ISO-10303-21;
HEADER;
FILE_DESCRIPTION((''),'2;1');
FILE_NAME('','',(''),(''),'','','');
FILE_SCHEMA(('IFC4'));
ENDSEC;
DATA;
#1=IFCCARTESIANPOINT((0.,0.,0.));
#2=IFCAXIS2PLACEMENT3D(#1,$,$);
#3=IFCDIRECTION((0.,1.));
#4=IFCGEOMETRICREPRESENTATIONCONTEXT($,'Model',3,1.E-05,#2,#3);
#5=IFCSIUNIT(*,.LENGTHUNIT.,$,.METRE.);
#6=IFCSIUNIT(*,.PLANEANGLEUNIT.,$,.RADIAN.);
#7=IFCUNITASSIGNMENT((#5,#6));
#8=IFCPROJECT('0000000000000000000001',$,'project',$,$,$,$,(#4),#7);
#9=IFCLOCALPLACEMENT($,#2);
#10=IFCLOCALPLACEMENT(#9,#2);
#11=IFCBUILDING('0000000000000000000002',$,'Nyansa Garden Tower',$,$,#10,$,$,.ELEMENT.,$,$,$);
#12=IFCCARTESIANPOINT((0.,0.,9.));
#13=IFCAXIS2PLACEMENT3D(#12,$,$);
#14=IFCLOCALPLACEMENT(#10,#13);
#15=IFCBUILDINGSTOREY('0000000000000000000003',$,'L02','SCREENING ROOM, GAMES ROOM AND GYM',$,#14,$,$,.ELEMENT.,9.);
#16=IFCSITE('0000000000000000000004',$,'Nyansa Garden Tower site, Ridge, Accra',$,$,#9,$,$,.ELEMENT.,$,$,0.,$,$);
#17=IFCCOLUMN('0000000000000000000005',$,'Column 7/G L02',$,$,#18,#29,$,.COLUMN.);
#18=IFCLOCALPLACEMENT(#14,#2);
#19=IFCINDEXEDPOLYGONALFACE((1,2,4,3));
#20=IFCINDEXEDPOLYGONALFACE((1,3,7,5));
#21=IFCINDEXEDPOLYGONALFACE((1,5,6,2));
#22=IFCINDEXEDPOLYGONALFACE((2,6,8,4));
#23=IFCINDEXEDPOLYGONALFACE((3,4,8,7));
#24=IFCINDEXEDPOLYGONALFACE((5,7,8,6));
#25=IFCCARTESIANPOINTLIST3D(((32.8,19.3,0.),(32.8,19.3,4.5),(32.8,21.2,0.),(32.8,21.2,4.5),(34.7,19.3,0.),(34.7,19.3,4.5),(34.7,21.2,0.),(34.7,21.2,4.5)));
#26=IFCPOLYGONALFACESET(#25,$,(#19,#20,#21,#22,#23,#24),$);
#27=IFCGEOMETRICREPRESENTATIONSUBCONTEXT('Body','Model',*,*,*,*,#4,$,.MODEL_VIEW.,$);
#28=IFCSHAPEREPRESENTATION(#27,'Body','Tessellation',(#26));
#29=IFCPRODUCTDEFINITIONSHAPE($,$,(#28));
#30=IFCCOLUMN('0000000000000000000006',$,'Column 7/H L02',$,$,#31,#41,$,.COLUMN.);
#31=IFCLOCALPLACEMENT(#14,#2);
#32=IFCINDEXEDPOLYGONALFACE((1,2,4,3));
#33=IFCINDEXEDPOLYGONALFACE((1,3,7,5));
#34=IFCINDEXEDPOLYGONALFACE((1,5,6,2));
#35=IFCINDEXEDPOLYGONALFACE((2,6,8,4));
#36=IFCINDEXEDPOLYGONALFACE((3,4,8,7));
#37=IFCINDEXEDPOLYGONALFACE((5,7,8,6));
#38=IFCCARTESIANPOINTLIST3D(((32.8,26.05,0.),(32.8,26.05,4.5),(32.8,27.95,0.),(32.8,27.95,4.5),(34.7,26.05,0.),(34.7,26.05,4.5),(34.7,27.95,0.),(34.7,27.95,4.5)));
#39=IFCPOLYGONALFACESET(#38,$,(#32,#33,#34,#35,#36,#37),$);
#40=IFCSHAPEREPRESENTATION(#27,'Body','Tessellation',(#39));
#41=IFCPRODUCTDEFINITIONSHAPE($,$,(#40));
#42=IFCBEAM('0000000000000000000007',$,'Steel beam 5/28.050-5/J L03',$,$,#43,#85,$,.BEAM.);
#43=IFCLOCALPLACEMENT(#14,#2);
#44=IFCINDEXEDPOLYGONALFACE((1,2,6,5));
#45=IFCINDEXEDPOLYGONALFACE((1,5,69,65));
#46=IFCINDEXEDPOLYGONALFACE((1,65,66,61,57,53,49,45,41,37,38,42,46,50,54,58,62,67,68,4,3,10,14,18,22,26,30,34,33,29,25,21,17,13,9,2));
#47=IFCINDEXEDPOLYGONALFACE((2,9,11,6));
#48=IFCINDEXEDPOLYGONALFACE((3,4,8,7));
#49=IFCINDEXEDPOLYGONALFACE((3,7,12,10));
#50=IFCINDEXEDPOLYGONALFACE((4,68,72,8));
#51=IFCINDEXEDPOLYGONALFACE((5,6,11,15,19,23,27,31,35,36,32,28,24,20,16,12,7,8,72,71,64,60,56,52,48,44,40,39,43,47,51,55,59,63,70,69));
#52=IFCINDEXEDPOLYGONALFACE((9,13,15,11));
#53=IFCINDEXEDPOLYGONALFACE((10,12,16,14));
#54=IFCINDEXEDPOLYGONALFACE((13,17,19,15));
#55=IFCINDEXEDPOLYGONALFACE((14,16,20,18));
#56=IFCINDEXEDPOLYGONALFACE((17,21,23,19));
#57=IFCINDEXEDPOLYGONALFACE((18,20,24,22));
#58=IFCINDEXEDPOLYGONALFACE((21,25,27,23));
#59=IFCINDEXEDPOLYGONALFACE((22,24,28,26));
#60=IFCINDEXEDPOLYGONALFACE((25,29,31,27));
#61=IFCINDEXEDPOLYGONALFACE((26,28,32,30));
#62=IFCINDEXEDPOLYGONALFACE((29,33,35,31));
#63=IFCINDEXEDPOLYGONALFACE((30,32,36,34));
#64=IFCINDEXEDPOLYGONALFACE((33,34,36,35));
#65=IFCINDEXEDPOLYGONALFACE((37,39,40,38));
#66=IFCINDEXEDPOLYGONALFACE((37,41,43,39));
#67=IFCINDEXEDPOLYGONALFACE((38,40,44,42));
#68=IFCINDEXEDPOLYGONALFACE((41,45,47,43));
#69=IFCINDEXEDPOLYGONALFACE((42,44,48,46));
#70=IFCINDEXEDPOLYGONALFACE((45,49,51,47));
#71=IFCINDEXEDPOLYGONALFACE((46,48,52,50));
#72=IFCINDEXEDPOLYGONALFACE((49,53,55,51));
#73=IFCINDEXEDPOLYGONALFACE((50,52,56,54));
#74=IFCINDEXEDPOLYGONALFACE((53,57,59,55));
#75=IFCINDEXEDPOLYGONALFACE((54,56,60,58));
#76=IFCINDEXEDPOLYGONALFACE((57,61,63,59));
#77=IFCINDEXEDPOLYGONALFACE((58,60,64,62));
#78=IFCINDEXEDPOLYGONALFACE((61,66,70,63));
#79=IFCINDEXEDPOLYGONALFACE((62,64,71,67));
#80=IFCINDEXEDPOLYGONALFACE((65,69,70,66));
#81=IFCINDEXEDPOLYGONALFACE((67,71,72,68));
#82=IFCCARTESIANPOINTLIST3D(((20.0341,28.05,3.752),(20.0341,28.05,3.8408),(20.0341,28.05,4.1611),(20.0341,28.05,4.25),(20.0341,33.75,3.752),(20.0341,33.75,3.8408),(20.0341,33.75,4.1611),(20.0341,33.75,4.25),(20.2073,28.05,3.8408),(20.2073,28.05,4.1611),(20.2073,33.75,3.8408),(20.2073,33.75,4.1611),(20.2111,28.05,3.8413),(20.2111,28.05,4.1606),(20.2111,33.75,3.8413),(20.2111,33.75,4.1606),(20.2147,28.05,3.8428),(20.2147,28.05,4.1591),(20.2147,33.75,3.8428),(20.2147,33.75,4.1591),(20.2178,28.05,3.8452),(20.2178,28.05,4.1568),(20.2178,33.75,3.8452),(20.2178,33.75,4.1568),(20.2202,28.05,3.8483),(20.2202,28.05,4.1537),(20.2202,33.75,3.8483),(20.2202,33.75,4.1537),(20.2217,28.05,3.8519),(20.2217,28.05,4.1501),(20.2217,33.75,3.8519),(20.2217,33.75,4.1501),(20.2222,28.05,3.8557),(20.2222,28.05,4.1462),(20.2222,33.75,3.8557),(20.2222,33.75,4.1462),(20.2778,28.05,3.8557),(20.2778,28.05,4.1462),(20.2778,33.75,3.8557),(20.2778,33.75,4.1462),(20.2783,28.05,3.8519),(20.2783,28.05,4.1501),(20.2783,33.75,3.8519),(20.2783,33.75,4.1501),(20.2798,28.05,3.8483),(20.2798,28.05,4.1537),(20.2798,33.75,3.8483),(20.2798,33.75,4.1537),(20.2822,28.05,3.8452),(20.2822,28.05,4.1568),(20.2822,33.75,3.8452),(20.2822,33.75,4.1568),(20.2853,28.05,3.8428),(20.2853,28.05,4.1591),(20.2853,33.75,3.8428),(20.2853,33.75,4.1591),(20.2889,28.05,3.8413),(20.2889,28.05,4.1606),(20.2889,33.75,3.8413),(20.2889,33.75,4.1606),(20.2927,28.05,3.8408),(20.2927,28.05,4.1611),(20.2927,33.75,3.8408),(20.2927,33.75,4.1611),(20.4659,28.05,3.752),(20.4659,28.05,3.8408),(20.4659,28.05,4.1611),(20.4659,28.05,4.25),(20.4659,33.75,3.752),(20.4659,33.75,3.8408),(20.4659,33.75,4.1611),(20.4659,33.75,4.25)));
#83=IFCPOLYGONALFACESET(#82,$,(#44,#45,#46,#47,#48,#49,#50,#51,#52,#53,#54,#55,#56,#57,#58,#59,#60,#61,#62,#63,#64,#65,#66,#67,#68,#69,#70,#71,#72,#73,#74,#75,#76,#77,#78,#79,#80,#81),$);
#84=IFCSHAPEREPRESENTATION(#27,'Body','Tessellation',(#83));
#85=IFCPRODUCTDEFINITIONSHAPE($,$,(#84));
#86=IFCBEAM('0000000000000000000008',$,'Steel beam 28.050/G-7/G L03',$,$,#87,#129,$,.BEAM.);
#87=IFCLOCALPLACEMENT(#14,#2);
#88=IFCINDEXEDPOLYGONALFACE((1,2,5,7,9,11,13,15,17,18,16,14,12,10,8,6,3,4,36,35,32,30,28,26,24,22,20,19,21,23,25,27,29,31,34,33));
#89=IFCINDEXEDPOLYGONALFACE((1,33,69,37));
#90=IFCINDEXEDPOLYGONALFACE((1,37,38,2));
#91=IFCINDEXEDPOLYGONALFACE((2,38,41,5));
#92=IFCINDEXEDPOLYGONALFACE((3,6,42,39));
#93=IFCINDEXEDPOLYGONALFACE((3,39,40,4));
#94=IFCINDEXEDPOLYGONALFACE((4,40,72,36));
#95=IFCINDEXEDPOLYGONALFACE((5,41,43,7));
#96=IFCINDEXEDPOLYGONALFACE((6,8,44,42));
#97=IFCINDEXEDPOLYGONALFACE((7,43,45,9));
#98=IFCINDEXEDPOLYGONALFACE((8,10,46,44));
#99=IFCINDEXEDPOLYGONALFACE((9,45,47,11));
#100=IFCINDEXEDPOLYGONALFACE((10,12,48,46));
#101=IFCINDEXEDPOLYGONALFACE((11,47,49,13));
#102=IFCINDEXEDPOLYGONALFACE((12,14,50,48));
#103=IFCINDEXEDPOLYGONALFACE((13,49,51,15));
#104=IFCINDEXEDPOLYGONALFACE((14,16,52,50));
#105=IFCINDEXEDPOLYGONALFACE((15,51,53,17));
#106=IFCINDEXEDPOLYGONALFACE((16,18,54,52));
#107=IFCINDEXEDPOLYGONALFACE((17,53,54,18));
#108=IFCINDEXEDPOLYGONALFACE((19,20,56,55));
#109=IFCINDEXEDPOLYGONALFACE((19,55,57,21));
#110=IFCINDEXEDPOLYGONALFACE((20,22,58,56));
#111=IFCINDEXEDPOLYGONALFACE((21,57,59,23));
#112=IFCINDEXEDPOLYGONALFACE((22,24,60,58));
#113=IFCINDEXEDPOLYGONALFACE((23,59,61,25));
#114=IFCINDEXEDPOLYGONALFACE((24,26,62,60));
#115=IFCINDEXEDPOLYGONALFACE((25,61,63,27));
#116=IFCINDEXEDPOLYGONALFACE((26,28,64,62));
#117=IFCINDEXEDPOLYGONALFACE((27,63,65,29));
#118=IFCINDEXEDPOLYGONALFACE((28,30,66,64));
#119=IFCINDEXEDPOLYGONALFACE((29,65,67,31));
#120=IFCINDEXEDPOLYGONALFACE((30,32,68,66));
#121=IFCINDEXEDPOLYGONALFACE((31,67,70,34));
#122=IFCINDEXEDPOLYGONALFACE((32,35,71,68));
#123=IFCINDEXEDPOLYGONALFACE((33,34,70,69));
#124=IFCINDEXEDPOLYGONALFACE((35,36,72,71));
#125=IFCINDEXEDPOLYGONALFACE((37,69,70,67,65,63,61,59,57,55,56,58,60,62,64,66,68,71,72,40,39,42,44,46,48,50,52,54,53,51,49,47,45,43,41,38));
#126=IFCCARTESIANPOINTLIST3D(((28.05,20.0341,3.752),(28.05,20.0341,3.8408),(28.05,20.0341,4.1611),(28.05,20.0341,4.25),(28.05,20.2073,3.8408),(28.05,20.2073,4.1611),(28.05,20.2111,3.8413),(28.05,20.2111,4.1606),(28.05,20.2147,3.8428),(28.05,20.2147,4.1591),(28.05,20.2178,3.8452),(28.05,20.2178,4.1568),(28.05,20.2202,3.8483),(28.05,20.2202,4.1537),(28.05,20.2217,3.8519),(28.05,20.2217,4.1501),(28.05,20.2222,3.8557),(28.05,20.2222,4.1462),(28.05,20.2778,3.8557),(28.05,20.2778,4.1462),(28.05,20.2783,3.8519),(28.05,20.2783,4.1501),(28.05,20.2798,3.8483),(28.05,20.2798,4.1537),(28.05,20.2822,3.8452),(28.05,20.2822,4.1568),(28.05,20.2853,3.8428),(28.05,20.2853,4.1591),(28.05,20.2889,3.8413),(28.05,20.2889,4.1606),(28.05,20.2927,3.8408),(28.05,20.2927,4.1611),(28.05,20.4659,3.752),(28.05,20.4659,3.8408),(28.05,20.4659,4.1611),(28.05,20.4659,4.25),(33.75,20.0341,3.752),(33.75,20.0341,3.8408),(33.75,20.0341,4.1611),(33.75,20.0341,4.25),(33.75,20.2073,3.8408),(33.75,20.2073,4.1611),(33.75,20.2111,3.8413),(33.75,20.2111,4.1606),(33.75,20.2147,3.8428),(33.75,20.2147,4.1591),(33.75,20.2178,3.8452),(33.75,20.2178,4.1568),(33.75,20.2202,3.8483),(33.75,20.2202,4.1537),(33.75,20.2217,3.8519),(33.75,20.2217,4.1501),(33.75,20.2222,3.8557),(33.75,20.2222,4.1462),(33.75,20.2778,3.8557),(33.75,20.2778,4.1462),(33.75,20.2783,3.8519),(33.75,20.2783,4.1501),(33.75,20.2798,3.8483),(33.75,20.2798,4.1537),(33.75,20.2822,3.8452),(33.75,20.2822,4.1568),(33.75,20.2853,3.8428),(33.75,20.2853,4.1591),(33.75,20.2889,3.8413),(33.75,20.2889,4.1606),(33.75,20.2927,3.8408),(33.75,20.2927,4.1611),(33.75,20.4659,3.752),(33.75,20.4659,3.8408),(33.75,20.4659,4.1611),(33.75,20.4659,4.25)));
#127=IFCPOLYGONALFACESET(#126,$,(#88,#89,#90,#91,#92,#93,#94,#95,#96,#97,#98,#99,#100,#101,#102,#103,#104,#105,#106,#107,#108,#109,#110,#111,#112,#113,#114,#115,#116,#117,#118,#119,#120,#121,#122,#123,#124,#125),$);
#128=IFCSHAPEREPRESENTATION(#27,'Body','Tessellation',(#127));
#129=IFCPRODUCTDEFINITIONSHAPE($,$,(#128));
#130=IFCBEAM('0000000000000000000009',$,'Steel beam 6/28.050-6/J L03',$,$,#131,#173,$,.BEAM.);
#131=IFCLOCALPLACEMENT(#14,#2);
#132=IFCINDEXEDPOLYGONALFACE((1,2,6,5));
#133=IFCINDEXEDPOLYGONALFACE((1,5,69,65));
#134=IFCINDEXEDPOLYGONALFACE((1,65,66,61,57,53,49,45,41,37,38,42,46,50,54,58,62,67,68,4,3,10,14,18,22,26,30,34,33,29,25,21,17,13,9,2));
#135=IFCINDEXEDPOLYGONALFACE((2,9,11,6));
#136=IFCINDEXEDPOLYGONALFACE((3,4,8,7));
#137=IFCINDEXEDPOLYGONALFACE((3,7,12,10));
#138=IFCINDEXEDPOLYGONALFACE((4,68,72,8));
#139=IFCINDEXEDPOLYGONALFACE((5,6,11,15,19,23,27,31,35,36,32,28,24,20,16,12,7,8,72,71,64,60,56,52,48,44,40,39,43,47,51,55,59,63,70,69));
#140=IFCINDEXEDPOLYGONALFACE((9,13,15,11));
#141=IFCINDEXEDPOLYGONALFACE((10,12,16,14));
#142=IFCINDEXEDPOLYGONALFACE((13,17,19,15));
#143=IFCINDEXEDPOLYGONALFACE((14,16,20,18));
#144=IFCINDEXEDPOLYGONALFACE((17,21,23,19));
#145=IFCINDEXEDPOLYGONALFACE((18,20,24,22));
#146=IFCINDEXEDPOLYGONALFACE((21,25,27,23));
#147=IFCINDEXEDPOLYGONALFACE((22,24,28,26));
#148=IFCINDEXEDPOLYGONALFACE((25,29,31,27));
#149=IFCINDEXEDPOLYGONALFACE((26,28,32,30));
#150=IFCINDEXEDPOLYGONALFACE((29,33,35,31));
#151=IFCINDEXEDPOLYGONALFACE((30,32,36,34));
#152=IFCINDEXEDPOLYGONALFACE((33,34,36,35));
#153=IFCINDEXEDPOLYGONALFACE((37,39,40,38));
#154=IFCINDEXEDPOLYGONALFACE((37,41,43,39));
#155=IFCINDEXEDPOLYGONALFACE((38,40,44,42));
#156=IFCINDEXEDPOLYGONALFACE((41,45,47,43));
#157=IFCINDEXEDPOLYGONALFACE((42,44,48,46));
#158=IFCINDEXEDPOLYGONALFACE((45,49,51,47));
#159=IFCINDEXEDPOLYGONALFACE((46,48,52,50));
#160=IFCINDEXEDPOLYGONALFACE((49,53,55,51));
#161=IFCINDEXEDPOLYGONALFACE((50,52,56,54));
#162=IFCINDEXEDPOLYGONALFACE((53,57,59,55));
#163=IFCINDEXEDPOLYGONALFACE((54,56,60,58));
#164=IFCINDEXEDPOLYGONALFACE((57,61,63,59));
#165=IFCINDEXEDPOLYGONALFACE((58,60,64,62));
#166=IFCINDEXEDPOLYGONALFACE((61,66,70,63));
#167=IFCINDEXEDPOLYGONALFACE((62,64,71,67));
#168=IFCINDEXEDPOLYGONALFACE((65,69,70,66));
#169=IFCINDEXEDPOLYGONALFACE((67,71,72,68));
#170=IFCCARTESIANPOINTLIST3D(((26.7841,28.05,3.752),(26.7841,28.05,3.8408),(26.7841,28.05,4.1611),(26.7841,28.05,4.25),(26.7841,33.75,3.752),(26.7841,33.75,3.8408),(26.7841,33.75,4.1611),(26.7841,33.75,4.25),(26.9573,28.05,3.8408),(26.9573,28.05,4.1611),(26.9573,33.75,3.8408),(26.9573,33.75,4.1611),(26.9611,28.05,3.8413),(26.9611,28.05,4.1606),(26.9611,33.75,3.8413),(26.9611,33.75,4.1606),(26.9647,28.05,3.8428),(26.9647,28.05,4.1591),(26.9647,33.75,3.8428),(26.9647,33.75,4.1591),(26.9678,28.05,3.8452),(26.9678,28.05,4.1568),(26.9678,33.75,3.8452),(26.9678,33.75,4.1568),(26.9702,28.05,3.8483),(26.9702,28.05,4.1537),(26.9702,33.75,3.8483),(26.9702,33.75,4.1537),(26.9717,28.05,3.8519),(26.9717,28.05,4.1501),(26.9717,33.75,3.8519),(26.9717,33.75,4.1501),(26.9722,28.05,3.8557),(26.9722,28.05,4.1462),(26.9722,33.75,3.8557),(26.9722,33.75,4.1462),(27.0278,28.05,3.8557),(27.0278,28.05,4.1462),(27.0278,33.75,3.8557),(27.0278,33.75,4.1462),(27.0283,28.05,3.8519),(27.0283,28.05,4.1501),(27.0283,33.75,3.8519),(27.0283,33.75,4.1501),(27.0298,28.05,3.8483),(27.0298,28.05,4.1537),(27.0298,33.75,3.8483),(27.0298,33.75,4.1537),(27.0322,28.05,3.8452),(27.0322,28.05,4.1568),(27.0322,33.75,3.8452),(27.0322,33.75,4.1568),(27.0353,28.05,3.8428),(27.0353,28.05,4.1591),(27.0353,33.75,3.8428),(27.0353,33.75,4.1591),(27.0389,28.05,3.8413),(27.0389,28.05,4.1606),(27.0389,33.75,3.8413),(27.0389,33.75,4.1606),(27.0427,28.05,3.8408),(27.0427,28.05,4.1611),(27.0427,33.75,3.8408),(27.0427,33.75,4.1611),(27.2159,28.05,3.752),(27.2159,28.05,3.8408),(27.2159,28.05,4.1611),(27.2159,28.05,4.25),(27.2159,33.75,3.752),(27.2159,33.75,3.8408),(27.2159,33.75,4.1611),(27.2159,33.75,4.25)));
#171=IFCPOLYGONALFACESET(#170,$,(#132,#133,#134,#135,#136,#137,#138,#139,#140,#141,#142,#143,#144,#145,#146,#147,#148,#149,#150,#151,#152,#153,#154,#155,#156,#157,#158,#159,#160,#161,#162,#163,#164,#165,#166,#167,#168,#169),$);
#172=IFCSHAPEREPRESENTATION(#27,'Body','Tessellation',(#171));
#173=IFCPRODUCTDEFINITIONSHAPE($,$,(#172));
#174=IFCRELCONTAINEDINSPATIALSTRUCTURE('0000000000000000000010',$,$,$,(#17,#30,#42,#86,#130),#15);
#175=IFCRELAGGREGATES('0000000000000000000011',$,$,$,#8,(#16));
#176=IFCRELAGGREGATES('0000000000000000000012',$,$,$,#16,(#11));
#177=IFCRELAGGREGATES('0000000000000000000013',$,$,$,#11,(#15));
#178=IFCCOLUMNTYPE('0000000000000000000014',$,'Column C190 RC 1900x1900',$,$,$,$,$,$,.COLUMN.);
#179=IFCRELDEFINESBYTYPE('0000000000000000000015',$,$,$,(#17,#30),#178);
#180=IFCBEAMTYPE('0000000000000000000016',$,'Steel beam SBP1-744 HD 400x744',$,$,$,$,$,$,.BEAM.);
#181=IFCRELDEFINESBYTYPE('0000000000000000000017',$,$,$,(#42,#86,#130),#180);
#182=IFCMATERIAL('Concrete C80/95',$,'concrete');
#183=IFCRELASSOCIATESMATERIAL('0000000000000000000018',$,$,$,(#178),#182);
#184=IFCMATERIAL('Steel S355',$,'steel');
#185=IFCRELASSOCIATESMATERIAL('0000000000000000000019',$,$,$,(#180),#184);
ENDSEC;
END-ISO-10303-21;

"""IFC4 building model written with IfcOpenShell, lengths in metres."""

from ifc_helpers import new_model, si_unit, direction, frame, origin, origin_2d, place, context, subcontext, project, spatial, rectangle, i_section, extrude, material, material_profile, profile_set, type_object, element, save


model = new_model("IFC4")

# Units and contexts
model_context = context("Model", 3, precision=1e-05, world=origin(), true_north=direction((0.0, 1.0)))
body_context = subcontext(model_context, "Body", "Model", "MODEL_VIEW")
ifc_project = project(units=[si_unit("LENGTHUNIT", "METRE"), si_unit("PLANEANGLEUNIT", "RADIAN")], contexts=[model_context])

# Site, building, storey
site_placement = place(None, origin())
site = spatial("IfcSite", under=ifc_project, at=site_placement, Name="Nyansa Garden Tower site, Ridge, Accra", CompositionType="ELEMENT", RefElevation=0.0)
building_placement = place(site_placement, origin())
building = spatial("IfcBuilding", under=site, at=building_placement, Name="Nyansa Garden Tower", CompositionType="ELEMENT")
storey_placement = place(building_placement, frame((0.0, 0.0, 9.0)))
storey = spatial("IfcBuildingStorey", under=building, at=storey_placement, Name="L02", Description="SCREENING ROOM, GAMES ROOM AND GYM", CompositionType="ELEMENT", Elevation=9.0)

# Columns
ifc_material_1 = material(Name="Concrete C80/95", Category="concrete")
ifc_material_profile_1 = material_profile(ifc_material_1, rectangle(XDim=1.8999, YDim=1.8999, at=origin_2d()), Name="RC 1900x1900")
ifc_profile_set_1 = profile_set([ifc_material_profile_1], Name="Concrete C80/95")
column_type = type_object("IfcColumnType", Name="Column C190 RC 1900x1900", PredefinedType="COLUMN", material=ifc_profile_set_1)
for number, where, z_axis, x_axis, name in (
    (1, (33.75, 20.25, 0.0), (0.0, 0.0, 1.0), (1.0, 0.0, 0.0), "Column 7/G L02"),
    (2, (33.75, 27.0, 0.0), (0.0, 0.0, 1.0), (1.0, 0.0, 0.0), "Column 7/H L02"),
):
    element("IfcColumn", number, at=place(storey_placement, frame(where, z_axis=z_axis, x_axis=x_axis)), inside=storey, type_object=column_type, Name=name, PredefinedType="COLUMN", context=body_context, shape_type="SweptSolid", body=[
        extrude(rectangle(XDim=1.8999, YDim=1.8999, at=origin_2d()), origin(), (0.0, 0.0, 1.0), 4.5),
    ])

# Beams
ifc_material_2 = material(Name="Steel S355", Category="steel")
ifc_material_profile_2 = material_profile(ifc_material_2, i_section(OverallWidth=0.4319, OverallDepth=0.498, WebThickness=0.0557, FlangeThickness=0.0889, FilletRadius=0.0149, at=origin_2d()), Name="HD 400x744")
ifc_profile_set_2 = profile_set([ifc_material_profile_2], Name="Steel S355")
beam_type_1 = type_object("IfcBeamType", Name="Steel beam SBP1-744 HD 400x744", PredefinedType="BEAM", material=ifc_profile_set_2)
for number, where, z_axis, x_axis, name in (
    (3, (20.25, 28.05, 4.001), (0.0, 1.0, 0.0), (-1.0, 0.0, 0.0), "Steel beam 5/28.050-5/J L03"),
    (4, (28.05, 20.25, 4.001), (1.0, 0.0, 0.0), (0.0, 1.0, 0.0), "Steel beam 28.050/G-7/G L03"),
    (5, (27.0, 28.05, 4.001), (0.0, 1.0, 0.0), (-1.0, 0.0, 0.0), "Steel beam 6/28.050-6/J L03"),
):
    element("IfcBeam", number, at=place(storey_placement, frame(where, z_axis=z_axis, x_axis=x_axis)), inside=storey, type_object=beam_type_1, Name=name, PredefinedType="BEAM", context=body_context, shape_type="SweptSolid", body=[
        extrude(i_section(OverallWidth=0.4319, OverallDepth=0.498, WebThickness=0.0557, FlangeThickness=0.0889, FilletRadius=0.0149, at=origin_2d()), origin(), (0.0, 0.0, 1.0), 5.7),
    ])

save(model, "model.ifc")
